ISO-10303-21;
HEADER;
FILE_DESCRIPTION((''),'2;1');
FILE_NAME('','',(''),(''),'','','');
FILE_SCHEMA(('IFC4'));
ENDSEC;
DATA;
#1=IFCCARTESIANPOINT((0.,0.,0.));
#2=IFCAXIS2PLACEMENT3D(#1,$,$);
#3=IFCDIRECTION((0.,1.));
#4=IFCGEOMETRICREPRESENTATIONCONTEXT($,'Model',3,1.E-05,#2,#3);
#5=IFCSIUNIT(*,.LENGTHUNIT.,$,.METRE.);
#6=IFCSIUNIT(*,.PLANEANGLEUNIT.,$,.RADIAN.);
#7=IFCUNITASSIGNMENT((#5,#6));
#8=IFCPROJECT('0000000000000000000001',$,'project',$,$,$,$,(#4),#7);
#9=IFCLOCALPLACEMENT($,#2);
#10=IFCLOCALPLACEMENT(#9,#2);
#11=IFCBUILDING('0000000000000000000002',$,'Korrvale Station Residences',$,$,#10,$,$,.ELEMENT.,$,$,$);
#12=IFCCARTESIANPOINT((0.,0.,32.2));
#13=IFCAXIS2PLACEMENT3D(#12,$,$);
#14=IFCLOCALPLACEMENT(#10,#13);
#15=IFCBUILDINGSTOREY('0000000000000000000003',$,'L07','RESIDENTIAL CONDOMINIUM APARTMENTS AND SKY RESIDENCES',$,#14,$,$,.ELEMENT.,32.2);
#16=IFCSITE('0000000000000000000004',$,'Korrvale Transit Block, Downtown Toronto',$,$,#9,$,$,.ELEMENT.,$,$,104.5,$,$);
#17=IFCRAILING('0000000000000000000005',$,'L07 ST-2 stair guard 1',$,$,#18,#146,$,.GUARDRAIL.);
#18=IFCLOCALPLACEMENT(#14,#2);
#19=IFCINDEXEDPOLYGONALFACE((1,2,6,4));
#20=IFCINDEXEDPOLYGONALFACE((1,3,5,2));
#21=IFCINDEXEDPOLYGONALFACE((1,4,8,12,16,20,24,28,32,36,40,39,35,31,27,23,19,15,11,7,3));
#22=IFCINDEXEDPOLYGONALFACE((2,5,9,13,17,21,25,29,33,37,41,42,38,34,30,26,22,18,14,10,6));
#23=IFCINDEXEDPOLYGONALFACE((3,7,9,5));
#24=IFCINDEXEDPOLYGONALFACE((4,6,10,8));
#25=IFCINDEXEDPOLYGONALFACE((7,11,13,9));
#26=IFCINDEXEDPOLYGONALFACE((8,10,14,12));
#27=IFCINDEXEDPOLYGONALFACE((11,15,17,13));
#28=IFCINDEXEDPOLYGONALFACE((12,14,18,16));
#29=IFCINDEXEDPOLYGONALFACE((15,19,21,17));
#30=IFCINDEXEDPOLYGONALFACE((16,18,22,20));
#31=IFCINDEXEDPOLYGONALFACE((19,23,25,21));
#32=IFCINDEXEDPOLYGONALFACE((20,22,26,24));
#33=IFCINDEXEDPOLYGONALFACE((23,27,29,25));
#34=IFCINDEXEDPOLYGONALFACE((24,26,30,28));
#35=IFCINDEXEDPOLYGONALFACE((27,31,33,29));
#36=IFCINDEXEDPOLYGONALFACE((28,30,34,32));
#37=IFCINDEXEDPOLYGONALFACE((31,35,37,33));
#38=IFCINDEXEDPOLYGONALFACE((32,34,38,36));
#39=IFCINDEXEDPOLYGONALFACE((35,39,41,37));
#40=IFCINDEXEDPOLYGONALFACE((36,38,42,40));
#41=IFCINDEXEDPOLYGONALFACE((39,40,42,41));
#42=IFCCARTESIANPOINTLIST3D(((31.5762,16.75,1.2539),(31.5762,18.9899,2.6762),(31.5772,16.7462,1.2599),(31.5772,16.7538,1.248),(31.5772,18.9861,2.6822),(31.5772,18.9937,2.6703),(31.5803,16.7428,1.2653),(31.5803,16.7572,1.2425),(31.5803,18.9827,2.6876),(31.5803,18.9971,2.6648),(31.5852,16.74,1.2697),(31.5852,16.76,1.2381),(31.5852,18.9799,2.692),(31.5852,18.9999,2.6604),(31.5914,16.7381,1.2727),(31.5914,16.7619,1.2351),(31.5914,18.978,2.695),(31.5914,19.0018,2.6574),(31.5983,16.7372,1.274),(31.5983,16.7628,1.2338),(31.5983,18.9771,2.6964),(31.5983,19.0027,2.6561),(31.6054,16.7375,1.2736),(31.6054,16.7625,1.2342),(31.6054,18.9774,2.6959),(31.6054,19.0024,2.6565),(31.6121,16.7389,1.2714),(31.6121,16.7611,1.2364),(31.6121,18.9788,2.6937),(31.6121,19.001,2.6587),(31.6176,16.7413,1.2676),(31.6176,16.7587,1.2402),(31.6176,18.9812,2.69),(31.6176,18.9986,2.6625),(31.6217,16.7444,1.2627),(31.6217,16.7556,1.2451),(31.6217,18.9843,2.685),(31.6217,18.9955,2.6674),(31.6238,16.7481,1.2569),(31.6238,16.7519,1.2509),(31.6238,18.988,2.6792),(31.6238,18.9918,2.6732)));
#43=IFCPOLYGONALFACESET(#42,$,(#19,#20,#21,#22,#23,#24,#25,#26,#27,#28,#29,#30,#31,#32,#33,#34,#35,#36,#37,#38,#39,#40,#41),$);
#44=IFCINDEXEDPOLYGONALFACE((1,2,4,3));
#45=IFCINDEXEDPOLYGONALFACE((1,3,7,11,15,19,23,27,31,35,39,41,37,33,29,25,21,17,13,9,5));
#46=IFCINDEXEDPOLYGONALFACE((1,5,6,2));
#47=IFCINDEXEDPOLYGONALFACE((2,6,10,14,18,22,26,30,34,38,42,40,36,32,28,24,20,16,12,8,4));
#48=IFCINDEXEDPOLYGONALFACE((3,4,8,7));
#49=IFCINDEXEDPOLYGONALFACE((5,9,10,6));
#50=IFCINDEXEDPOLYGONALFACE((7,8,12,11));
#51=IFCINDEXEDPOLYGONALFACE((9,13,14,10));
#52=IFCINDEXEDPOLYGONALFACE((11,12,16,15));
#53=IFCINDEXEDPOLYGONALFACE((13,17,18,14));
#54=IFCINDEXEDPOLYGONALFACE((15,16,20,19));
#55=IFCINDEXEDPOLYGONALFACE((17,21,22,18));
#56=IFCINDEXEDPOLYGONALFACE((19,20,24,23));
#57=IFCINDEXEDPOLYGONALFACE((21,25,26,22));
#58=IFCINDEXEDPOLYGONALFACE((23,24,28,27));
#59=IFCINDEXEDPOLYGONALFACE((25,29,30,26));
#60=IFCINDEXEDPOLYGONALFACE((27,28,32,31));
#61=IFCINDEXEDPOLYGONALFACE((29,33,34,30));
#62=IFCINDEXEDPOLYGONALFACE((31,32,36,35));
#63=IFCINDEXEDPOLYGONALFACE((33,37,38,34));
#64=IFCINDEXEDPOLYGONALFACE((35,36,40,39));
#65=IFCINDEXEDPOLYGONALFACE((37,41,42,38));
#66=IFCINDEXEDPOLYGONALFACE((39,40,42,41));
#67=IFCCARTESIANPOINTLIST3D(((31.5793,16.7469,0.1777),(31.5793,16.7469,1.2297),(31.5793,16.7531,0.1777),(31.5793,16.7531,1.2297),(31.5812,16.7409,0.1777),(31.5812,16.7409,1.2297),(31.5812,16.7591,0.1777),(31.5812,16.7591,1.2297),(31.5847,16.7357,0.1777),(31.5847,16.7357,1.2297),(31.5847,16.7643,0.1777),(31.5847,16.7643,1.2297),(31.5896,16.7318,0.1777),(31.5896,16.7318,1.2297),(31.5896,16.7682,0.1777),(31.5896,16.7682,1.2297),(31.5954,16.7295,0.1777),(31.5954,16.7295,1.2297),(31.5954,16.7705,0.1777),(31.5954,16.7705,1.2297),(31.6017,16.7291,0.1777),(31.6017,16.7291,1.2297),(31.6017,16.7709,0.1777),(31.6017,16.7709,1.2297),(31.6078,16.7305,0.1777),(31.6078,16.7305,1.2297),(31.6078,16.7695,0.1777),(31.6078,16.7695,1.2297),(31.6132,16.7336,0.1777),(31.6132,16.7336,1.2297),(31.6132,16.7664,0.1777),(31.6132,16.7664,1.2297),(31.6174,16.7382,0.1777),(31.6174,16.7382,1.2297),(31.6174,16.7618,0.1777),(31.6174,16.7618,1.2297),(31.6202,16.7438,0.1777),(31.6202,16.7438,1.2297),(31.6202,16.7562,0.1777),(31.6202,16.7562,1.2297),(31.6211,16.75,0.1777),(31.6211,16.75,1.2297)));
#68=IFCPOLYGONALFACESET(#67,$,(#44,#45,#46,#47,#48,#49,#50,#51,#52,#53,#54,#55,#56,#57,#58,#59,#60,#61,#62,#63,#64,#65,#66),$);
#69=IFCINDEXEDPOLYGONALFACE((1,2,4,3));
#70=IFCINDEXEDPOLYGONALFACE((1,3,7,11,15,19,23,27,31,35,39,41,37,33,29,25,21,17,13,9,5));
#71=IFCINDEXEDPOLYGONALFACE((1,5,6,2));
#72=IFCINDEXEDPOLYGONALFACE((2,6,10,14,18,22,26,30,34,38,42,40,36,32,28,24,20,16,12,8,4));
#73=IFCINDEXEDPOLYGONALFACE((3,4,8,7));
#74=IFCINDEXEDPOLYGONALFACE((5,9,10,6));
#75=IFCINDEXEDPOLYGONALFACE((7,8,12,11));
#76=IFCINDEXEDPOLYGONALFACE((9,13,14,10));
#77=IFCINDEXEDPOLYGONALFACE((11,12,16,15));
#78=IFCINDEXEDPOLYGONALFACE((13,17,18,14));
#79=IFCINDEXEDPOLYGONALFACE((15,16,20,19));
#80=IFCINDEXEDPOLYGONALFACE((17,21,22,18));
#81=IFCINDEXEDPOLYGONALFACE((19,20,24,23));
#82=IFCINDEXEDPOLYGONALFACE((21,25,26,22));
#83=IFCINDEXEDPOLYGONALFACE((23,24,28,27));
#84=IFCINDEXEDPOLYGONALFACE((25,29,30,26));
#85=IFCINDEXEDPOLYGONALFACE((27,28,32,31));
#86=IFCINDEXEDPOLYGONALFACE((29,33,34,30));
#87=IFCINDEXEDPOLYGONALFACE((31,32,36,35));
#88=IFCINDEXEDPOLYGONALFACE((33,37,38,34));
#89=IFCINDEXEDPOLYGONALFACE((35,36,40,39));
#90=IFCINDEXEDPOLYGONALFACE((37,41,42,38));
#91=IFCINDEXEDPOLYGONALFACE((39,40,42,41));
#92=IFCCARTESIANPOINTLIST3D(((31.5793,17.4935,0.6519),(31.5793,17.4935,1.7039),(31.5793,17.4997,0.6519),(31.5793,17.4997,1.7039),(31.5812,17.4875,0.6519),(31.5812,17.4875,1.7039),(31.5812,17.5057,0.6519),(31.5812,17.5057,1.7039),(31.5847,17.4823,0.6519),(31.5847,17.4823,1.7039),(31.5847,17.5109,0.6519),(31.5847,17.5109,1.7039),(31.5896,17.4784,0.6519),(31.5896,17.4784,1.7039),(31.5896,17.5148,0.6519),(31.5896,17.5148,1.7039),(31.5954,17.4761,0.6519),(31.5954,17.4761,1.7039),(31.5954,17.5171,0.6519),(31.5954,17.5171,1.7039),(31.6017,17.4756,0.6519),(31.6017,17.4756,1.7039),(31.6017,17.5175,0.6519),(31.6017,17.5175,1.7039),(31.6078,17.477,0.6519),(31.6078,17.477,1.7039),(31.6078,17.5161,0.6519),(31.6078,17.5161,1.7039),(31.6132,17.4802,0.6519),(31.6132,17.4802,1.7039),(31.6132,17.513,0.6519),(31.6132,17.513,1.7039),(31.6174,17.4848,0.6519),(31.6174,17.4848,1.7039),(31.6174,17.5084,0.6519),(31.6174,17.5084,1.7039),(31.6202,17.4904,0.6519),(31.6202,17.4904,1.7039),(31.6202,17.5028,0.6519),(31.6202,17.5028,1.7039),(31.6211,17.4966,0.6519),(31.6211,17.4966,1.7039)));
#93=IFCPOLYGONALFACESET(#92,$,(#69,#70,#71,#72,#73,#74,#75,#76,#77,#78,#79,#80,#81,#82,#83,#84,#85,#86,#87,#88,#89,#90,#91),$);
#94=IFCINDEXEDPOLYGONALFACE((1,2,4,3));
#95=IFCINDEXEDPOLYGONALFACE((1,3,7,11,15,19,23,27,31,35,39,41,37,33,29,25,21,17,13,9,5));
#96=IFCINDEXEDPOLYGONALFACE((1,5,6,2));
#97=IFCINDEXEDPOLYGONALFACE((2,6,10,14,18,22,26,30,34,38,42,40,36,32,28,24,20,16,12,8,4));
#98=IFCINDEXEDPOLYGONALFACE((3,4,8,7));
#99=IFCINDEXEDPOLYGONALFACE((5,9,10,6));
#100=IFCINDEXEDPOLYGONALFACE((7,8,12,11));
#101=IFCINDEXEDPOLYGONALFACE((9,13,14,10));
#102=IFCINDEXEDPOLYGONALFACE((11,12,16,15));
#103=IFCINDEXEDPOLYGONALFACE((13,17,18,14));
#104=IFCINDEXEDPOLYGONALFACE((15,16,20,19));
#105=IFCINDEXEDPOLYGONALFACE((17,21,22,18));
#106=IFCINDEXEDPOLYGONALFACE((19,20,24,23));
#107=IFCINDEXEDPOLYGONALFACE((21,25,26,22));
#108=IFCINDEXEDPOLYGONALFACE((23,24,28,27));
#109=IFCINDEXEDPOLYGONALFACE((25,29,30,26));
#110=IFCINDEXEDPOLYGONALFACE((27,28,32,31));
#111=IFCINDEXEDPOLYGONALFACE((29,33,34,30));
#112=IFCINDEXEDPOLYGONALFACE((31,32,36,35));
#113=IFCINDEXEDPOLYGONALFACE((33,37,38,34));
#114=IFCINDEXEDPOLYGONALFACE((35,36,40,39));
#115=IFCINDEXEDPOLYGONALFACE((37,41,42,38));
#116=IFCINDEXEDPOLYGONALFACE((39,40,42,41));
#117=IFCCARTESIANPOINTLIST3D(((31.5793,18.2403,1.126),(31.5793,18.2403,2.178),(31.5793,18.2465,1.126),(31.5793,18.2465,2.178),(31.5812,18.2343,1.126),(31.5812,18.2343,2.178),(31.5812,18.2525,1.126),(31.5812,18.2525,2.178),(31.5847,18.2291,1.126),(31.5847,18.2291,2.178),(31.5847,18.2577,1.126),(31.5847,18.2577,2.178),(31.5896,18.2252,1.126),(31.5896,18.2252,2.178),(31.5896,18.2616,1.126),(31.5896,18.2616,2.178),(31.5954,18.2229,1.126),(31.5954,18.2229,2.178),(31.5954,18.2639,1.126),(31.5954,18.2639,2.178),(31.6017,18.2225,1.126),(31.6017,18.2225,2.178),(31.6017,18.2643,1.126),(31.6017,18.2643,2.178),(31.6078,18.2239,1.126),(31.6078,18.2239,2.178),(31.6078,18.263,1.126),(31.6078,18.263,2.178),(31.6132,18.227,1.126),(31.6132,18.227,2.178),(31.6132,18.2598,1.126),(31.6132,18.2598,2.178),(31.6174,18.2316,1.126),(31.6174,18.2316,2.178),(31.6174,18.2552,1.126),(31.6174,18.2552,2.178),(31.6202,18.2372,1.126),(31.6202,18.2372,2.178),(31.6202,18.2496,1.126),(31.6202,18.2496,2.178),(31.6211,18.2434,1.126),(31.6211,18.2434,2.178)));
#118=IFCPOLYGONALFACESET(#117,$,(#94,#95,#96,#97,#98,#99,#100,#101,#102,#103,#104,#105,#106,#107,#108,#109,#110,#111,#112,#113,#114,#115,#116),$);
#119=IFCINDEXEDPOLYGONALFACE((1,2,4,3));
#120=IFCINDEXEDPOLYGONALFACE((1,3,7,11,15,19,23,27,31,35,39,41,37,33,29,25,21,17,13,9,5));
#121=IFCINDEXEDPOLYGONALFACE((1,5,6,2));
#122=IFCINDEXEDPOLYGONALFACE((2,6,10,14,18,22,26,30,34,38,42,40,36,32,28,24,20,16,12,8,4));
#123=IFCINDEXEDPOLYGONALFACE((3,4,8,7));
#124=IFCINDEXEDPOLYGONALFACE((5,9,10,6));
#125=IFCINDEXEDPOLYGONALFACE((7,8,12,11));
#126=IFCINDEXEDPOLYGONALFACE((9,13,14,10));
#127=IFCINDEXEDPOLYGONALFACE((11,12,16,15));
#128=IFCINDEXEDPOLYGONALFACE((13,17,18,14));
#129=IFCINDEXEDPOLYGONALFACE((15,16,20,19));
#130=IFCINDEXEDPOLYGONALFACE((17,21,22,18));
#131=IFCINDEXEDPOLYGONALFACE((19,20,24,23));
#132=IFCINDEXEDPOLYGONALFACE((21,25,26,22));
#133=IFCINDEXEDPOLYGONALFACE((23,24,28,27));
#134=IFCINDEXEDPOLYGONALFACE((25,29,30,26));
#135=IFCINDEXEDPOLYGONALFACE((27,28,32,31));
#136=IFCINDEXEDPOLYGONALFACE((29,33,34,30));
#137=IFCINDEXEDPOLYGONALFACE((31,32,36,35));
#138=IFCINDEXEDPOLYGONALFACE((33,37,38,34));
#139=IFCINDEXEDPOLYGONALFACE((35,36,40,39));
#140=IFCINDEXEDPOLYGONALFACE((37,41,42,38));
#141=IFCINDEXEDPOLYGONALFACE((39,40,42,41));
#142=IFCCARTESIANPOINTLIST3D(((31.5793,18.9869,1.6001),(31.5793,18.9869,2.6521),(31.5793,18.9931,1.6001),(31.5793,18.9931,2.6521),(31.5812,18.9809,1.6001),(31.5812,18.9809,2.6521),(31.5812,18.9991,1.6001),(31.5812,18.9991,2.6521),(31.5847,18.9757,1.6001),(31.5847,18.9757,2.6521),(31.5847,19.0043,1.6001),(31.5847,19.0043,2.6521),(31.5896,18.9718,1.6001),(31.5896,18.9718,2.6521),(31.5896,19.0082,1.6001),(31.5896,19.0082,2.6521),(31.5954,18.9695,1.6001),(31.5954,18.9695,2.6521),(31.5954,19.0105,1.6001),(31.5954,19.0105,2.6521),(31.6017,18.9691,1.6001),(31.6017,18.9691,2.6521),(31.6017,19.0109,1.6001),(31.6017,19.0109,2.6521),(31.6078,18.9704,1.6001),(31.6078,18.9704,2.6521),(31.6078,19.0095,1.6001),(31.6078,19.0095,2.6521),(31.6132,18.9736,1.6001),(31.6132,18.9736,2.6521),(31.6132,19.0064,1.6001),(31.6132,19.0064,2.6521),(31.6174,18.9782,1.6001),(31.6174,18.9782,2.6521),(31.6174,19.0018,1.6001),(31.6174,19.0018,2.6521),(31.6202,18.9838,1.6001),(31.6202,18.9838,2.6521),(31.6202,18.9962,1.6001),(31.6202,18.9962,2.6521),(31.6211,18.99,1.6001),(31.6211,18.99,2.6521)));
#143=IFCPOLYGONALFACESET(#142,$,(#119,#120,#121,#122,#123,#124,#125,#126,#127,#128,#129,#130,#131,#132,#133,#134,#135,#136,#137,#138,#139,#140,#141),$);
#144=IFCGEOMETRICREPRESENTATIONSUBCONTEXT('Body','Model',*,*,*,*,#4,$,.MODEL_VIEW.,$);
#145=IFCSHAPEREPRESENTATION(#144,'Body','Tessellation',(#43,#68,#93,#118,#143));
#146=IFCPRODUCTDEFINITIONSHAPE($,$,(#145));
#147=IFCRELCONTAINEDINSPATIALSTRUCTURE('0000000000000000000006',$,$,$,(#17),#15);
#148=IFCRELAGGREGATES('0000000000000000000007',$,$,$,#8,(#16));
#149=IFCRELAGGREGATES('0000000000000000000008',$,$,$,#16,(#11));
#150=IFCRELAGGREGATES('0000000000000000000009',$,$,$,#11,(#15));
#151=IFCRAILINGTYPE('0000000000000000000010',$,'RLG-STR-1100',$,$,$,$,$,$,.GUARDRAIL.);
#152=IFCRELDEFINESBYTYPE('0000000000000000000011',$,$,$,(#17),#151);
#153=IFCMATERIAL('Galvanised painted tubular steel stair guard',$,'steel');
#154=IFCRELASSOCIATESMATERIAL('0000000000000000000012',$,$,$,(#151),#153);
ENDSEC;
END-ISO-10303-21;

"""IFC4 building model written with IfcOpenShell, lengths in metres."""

from ifc_helpers import new_model, si_unit, direction, frame, origin, origin_2d, place, context, subcontext, project, spatial, circle, extrude, material, type_object, element, save


model = new_model("IFC4")

# Units and contexts
model_context = context("Model", 3, precision=1e-05, world=origin(), true_north=direction((0.0, 1.0)))
body_context = subcontext(model_context, "Body", "Model", "MODEL_VIEW")
ifc_project = project(units=[si_unit("LENGTHUNIT", "METRE"), si_unit("PLANEANGLEUNIT", "RADIAN")], contexts=[model_context])

# Site, building, storey
site_placement = place(None, origin())
site = spatial("IfcSite", under=ifc_project, at=site_placement, Name="Korrvale Transit Block, Downtown Toronto", CompositionType="ELEMENT", RefElevation=104.5)
building_placement = place(site_placement, origin())
building = spatial("IfcBuilding", under=site, at=building_placement, Name="Korrvale Station Residences", CompositionType="ELEMENT")
storey_placement = place(building_placement, frame((0.0, 0.0, 32.2)))
storey = spatial("IfcBuildingStorey", under=building, at=storey_placement, Name="L07", Description="RESIDENTIAL CONDOMINIUM APARTMENTS AND SKY RESIDENCES", CompositionType="ELEMENT", Elevation=32.2)

# Railing
ifc_material_1 = material(Name="Galvanised painted tubular steel stair guard", Category="steel")
railing_type_1 = type_object("IfcRailingType", Name="RLG-STR-1100", PredefinedType="GUARDRAIL", material=ifc_material_1)
railing_1_placement = place(storey_placement, frame((31.6001, 16.75, 0.1777)))
element("IfcRailing", 1, at=railing_1_placement, inside=storey, type_object=railing_type_1, Name="L07 ST-2 stair guard 1", PredefinedType="GUARDRAIL", context=body_context, shape_type="SweptSolid", body=[
    extrude(circle(Radius=0.0239, at=origin_2d()), frame((0.0, 0.0, 1.0762), z_axis=(0.0, 0.844188, 0.536048), x_axis=(-1.0, 0.0, 0.0)), (0.0, 0.0, 1.0), 2.6533),
    extrude(circle(Radius=0.021, at=origin_2d()), origin(), (0.0, 0.0, 1.0), 1.052),
    extrude(circle(Radius=0.021, at=origin_2d()), frame((0.0, 0.7466, 0.4741)), (0.0, 0.0, 1.0), 1.052),
    extrude(circle(Radius=0.021, at=origin_2d()), frame((0.0, 1.4934, 0.9482)), (0.0, 0.0, 1.0), 1.052),
    extrude(circle(Radius=0.021, at=origin_2d()), frame((0.0, 2.24, 1.4224)), (0.0, 0.0, 1.0), 1.052),
])

save(model, "model.ifc")
